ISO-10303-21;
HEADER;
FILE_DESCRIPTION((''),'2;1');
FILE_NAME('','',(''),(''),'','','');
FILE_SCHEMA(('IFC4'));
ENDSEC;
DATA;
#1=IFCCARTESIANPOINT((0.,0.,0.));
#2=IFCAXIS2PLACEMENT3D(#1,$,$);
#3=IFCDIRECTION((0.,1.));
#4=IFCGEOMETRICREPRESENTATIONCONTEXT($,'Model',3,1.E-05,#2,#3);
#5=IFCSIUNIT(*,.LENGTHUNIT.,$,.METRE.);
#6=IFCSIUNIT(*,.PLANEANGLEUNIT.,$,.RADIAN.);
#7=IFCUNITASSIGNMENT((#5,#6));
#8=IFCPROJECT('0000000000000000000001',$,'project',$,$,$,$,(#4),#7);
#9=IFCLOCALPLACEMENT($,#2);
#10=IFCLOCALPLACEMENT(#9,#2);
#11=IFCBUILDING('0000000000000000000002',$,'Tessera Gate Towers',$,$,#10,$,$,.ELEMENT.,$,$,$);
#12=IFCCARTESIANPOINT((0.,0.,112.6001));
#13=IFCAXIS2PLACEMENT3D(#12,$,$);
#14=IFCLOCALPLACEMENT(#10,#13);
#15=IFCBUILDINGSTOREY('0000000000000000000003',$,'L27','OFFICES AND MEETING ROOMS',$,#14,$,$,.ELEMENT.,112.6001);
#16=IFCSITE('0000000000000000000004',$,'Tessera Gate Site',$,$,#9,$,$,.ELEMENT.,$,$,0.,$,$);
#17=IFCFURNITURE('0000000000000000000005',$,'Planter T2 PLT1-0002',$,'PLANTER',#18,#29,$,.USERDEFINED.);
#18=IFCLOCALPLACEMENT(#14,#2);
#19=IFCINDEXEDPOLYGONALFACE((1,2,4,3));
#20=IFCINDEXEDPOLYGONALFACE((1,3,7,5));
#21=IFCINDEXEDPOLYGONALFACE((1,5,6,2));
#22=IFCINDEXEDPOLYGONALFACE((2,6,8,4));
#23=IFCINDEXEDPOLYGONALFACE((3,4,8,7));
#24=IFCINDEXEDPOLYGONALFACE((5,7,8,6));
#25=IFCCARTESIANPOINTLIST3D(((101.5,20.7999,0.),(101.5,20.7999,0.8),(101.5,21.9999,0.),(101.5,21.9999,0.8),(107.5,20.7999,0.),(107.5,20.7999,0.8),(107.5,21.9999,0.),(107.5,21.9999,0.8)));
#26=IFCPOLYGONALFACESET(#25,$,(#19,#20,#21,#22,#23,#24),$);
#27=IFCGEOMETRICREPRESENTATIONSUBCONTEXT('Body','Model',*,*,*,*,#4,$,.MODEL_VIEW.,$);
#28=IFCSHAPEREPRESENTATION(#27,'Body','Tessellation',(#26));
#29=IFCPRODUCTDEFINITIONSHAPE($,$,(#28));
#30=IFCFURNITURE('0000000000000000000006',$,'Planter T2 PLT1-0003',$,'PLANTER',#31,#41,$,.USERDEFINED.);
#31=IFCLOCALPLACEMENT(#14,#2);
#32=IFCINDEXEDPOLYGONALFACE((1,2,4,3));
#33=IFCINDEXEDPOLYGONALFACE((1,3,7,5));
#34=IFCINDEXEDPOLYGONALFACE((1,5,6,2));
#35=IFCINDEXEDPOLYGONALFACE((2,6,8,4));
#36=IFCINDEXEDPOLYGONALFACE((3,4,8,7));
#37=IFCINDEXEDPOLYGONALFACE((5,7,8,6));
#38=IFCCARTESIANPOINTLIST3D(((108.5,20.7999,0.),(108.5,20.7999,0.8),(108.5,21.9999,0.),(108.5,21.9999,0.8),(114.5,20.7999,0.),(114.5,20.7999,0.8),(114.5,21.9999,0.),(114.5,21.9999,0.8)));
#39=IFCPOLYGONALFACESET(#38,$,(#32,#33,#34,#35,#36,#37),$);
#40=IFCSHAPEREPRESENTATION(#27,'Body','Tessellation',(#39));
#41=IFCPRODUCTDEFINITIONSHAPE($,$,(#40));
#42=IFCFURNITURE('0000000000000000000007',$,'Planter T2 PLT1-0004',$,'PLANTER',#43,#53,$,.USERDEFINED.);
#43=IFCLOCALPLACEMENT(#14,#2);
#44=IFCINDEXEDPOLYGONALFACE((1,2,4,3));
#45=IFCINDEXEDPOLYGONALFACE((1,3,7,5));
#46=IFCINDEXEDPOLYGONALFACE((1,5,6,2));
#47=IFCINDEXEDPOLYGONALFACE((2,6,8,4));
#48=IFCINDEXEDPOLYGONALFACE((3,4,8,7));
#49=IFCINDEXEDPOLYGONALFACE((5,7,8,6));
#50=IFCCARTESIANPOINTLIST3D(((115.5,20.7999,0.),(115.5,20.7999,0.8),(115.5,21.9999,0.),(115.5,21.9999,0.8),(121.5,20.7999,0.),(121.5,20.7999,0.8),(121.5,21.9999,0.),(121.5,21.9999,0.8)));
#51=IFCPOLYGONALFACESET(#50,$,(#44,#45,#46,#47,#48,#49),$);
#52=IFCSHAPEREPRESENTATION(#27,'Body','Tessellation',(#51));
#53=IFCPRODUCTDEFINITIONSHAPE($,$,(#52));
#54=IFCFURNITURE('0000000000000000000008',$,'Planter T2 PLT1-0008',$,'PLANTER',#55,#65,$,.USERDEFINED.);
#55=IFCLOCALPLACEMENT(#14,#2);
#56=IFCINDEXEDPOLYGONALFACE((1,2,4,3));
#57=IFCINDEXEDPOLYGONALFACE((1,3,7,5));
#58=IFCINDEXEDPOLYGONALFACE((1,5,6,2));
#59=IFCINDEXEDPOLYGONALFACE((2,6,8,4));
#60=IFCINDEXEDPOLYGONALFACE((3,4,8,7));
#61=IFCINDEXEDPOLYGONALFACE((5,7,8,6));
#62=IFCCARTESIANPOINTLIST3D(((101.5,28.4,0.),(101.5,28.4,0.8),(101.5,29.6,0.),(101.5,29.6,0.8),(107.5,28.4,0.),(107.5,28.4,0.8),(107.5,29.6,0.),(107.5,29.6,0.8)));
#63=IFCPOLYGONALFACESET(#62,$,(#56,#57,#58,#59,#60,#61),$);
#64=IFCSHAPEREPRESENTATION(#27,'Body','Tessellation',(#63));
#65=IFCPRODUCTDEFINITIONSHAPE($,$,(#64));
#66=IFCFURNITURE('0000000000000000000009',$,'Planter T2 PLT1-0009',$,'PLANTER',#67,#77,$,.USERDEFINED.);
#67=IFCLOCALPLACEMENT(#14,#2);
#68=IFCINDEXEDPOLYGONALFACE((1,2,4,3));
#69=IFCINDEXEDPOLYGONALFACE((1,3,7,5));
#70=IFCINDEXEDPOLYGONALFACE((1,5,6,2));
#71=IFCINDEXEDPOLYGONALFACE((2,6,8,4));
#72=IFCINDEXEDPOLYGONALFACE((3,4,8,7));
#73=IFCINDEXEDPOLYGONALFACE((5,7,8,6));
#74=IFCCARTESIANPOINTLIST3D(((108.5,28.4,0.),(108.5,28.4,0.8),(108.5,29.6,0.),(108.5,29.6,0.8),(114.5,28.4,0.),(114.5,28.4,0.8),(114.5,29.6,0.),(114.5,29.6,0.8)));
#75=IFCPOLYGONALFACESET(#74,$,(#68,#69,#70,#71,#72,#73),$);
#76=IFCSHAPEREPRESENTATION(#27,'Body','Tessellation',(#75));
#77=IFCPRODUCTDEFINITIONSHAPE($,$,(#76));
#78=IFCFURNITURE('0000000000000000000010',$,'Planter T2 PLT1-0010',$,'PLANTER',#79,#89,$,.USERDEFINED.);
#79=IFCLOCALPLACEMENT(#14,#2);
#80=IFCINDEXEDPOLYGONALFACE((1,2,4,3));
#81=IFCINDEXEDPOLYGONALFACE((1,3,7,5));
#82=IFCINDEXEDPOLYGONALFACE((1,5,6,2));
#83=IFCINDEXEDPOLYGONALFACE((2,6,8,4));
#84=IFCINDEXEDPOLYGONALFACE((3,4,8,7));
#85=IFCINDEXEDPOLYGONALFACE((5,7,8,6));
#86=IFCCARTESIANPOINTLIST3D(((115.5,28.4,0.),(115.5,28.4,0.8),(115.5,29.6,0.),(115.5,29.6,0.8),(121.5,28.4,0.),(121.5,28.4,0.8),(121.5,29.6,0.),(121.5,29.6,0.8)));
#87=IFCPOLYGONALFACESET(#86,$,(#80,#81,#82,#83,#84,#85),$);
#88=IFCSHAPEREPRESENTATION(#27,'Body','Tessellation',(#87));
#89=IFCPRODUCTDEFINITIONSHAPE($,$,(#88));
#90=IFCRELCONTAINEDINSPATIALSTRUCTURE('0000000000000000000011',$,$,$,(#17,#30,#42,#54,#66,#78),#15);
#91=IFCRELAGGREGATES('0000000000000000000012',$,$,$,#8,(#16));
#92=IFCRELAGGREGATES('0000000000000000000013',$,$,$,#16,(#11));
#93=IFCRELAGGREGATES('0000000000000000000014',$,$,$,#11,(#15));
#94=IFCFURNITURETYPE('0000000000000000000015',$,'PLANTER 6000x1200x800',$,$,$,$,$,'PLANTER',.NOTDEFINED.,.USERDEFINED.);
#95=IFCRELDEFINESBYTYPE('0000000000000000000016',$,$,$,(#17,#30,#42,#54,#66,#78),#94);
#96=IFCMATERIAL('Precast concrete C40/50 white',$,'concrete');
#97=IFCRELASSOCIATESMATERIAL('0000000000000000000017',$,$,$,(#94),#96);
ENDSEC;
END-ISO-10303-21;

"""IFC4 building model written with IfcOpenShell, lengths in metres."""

from ifc_helpers import new_model, si_unit, direction, frame, origin, origin_2d, place, context, subcontext, project, spatial, rectangle, extrude, material, type_object, element, save


model = new_model("IFC4")

# Units and contexts
model_context = context("Model", 3, precision=1e-05, world=origin(), true_north=direction((0.0, 1.0)))
body_context = subcontext(model_context, "Body", "Model", "MODEL_VIEW")
ifc_project = project(units=[si_unit("LENGTHUNIT", "METRE"), si_unit("PLANEANGLEUNIT", "RADIAN")], contexts=[model_context])

# Site, building, storey
site_placement = place(None, origin())
site = spatial("IfcSite", under=ifc_project, at=site_placement, Name="Tessera Gate Site", CompositionType="ELEMENT", RefElevation=0.0)
building_placement = place(site_placement, origin())
building = spatial("IfcBuilding", under=site, at=building_placement, Name="Tessera Gate Towers", CompositionType="ELEMENT")
storey_placement = place(building_placement, frame((0.0, 0.0, 112.6001)))
storey = spatial("IfcBuildingStorey", under=building, at=storey_placement, Name="L27", Description="OFFICES AND MEETING ROOMS", CompositionType="ELEMENT", Elevation=112.6001)

# Furniture
ifc_material_1 = material(Name="Precast concrete C40/50 white", Category="concrete")
furniture_type = type_object("IfcFurnitureType", Name="PLANTER 6000x1200x800", ElementType="PLANTER", AssemblyPlace="NOTDEFINED", PredefinedType="USERDEFINED", material=ifc_material_1)
for number, where, z_axis, x_axis, name in (
    (1, (104.5, 21.3999, 0.0), (0.0, 0.0, 1.0), (1.0, 0.0, 0.0), "Planter T2 PLT1-0002"),
    (2, (111.5, 21.3999, 0.0), (0.0, 0.0, 1.0), (1.0, 0.0, 0.0), "Planter T2 PLT1-0003"),
    (3, (118.5, 21.3999, 0.0), (0.0, 0.0, 1.0), (1.0, 0.0, 0.0), "Planter T2 PLT1-0004"),
    (4, (104.5, 29.0, 0.0), (0.0, 0.0, 1.0), (1.0, 0.0, 0.0), "Planter T2 PLT1-0008"),
    (5, (111.5, 29.0, 0.0), (0.0, 0.0, 1.0), (1.0, 0.0, 0.0), "Planter T2 PLT1-0009"),
    (6, (118.5, 29.0, 0.0), (0.0, 0.0, 1.0), (1.0, 0.0, 0.0), "Planter T2 PLT1-0010"),
):
    element("IfcFurniture", number, at=place(storey_placement, frame(where, z_axis=z_axis, x_axis=x_axis)), inside=storey, type_object=furniture_type, Name=name, ObjectType="PLANTER", PredefinedType="USERDEFINED", context=body_context, shape_type="SweptSolid", body=[
        extrude(rectangle(XDim=6.0, YDim=1.2, at=origin_2d()), origin(), (0.0, 0.0, 1.0), 0.8),
    ])

save(model, "model.ifc")
